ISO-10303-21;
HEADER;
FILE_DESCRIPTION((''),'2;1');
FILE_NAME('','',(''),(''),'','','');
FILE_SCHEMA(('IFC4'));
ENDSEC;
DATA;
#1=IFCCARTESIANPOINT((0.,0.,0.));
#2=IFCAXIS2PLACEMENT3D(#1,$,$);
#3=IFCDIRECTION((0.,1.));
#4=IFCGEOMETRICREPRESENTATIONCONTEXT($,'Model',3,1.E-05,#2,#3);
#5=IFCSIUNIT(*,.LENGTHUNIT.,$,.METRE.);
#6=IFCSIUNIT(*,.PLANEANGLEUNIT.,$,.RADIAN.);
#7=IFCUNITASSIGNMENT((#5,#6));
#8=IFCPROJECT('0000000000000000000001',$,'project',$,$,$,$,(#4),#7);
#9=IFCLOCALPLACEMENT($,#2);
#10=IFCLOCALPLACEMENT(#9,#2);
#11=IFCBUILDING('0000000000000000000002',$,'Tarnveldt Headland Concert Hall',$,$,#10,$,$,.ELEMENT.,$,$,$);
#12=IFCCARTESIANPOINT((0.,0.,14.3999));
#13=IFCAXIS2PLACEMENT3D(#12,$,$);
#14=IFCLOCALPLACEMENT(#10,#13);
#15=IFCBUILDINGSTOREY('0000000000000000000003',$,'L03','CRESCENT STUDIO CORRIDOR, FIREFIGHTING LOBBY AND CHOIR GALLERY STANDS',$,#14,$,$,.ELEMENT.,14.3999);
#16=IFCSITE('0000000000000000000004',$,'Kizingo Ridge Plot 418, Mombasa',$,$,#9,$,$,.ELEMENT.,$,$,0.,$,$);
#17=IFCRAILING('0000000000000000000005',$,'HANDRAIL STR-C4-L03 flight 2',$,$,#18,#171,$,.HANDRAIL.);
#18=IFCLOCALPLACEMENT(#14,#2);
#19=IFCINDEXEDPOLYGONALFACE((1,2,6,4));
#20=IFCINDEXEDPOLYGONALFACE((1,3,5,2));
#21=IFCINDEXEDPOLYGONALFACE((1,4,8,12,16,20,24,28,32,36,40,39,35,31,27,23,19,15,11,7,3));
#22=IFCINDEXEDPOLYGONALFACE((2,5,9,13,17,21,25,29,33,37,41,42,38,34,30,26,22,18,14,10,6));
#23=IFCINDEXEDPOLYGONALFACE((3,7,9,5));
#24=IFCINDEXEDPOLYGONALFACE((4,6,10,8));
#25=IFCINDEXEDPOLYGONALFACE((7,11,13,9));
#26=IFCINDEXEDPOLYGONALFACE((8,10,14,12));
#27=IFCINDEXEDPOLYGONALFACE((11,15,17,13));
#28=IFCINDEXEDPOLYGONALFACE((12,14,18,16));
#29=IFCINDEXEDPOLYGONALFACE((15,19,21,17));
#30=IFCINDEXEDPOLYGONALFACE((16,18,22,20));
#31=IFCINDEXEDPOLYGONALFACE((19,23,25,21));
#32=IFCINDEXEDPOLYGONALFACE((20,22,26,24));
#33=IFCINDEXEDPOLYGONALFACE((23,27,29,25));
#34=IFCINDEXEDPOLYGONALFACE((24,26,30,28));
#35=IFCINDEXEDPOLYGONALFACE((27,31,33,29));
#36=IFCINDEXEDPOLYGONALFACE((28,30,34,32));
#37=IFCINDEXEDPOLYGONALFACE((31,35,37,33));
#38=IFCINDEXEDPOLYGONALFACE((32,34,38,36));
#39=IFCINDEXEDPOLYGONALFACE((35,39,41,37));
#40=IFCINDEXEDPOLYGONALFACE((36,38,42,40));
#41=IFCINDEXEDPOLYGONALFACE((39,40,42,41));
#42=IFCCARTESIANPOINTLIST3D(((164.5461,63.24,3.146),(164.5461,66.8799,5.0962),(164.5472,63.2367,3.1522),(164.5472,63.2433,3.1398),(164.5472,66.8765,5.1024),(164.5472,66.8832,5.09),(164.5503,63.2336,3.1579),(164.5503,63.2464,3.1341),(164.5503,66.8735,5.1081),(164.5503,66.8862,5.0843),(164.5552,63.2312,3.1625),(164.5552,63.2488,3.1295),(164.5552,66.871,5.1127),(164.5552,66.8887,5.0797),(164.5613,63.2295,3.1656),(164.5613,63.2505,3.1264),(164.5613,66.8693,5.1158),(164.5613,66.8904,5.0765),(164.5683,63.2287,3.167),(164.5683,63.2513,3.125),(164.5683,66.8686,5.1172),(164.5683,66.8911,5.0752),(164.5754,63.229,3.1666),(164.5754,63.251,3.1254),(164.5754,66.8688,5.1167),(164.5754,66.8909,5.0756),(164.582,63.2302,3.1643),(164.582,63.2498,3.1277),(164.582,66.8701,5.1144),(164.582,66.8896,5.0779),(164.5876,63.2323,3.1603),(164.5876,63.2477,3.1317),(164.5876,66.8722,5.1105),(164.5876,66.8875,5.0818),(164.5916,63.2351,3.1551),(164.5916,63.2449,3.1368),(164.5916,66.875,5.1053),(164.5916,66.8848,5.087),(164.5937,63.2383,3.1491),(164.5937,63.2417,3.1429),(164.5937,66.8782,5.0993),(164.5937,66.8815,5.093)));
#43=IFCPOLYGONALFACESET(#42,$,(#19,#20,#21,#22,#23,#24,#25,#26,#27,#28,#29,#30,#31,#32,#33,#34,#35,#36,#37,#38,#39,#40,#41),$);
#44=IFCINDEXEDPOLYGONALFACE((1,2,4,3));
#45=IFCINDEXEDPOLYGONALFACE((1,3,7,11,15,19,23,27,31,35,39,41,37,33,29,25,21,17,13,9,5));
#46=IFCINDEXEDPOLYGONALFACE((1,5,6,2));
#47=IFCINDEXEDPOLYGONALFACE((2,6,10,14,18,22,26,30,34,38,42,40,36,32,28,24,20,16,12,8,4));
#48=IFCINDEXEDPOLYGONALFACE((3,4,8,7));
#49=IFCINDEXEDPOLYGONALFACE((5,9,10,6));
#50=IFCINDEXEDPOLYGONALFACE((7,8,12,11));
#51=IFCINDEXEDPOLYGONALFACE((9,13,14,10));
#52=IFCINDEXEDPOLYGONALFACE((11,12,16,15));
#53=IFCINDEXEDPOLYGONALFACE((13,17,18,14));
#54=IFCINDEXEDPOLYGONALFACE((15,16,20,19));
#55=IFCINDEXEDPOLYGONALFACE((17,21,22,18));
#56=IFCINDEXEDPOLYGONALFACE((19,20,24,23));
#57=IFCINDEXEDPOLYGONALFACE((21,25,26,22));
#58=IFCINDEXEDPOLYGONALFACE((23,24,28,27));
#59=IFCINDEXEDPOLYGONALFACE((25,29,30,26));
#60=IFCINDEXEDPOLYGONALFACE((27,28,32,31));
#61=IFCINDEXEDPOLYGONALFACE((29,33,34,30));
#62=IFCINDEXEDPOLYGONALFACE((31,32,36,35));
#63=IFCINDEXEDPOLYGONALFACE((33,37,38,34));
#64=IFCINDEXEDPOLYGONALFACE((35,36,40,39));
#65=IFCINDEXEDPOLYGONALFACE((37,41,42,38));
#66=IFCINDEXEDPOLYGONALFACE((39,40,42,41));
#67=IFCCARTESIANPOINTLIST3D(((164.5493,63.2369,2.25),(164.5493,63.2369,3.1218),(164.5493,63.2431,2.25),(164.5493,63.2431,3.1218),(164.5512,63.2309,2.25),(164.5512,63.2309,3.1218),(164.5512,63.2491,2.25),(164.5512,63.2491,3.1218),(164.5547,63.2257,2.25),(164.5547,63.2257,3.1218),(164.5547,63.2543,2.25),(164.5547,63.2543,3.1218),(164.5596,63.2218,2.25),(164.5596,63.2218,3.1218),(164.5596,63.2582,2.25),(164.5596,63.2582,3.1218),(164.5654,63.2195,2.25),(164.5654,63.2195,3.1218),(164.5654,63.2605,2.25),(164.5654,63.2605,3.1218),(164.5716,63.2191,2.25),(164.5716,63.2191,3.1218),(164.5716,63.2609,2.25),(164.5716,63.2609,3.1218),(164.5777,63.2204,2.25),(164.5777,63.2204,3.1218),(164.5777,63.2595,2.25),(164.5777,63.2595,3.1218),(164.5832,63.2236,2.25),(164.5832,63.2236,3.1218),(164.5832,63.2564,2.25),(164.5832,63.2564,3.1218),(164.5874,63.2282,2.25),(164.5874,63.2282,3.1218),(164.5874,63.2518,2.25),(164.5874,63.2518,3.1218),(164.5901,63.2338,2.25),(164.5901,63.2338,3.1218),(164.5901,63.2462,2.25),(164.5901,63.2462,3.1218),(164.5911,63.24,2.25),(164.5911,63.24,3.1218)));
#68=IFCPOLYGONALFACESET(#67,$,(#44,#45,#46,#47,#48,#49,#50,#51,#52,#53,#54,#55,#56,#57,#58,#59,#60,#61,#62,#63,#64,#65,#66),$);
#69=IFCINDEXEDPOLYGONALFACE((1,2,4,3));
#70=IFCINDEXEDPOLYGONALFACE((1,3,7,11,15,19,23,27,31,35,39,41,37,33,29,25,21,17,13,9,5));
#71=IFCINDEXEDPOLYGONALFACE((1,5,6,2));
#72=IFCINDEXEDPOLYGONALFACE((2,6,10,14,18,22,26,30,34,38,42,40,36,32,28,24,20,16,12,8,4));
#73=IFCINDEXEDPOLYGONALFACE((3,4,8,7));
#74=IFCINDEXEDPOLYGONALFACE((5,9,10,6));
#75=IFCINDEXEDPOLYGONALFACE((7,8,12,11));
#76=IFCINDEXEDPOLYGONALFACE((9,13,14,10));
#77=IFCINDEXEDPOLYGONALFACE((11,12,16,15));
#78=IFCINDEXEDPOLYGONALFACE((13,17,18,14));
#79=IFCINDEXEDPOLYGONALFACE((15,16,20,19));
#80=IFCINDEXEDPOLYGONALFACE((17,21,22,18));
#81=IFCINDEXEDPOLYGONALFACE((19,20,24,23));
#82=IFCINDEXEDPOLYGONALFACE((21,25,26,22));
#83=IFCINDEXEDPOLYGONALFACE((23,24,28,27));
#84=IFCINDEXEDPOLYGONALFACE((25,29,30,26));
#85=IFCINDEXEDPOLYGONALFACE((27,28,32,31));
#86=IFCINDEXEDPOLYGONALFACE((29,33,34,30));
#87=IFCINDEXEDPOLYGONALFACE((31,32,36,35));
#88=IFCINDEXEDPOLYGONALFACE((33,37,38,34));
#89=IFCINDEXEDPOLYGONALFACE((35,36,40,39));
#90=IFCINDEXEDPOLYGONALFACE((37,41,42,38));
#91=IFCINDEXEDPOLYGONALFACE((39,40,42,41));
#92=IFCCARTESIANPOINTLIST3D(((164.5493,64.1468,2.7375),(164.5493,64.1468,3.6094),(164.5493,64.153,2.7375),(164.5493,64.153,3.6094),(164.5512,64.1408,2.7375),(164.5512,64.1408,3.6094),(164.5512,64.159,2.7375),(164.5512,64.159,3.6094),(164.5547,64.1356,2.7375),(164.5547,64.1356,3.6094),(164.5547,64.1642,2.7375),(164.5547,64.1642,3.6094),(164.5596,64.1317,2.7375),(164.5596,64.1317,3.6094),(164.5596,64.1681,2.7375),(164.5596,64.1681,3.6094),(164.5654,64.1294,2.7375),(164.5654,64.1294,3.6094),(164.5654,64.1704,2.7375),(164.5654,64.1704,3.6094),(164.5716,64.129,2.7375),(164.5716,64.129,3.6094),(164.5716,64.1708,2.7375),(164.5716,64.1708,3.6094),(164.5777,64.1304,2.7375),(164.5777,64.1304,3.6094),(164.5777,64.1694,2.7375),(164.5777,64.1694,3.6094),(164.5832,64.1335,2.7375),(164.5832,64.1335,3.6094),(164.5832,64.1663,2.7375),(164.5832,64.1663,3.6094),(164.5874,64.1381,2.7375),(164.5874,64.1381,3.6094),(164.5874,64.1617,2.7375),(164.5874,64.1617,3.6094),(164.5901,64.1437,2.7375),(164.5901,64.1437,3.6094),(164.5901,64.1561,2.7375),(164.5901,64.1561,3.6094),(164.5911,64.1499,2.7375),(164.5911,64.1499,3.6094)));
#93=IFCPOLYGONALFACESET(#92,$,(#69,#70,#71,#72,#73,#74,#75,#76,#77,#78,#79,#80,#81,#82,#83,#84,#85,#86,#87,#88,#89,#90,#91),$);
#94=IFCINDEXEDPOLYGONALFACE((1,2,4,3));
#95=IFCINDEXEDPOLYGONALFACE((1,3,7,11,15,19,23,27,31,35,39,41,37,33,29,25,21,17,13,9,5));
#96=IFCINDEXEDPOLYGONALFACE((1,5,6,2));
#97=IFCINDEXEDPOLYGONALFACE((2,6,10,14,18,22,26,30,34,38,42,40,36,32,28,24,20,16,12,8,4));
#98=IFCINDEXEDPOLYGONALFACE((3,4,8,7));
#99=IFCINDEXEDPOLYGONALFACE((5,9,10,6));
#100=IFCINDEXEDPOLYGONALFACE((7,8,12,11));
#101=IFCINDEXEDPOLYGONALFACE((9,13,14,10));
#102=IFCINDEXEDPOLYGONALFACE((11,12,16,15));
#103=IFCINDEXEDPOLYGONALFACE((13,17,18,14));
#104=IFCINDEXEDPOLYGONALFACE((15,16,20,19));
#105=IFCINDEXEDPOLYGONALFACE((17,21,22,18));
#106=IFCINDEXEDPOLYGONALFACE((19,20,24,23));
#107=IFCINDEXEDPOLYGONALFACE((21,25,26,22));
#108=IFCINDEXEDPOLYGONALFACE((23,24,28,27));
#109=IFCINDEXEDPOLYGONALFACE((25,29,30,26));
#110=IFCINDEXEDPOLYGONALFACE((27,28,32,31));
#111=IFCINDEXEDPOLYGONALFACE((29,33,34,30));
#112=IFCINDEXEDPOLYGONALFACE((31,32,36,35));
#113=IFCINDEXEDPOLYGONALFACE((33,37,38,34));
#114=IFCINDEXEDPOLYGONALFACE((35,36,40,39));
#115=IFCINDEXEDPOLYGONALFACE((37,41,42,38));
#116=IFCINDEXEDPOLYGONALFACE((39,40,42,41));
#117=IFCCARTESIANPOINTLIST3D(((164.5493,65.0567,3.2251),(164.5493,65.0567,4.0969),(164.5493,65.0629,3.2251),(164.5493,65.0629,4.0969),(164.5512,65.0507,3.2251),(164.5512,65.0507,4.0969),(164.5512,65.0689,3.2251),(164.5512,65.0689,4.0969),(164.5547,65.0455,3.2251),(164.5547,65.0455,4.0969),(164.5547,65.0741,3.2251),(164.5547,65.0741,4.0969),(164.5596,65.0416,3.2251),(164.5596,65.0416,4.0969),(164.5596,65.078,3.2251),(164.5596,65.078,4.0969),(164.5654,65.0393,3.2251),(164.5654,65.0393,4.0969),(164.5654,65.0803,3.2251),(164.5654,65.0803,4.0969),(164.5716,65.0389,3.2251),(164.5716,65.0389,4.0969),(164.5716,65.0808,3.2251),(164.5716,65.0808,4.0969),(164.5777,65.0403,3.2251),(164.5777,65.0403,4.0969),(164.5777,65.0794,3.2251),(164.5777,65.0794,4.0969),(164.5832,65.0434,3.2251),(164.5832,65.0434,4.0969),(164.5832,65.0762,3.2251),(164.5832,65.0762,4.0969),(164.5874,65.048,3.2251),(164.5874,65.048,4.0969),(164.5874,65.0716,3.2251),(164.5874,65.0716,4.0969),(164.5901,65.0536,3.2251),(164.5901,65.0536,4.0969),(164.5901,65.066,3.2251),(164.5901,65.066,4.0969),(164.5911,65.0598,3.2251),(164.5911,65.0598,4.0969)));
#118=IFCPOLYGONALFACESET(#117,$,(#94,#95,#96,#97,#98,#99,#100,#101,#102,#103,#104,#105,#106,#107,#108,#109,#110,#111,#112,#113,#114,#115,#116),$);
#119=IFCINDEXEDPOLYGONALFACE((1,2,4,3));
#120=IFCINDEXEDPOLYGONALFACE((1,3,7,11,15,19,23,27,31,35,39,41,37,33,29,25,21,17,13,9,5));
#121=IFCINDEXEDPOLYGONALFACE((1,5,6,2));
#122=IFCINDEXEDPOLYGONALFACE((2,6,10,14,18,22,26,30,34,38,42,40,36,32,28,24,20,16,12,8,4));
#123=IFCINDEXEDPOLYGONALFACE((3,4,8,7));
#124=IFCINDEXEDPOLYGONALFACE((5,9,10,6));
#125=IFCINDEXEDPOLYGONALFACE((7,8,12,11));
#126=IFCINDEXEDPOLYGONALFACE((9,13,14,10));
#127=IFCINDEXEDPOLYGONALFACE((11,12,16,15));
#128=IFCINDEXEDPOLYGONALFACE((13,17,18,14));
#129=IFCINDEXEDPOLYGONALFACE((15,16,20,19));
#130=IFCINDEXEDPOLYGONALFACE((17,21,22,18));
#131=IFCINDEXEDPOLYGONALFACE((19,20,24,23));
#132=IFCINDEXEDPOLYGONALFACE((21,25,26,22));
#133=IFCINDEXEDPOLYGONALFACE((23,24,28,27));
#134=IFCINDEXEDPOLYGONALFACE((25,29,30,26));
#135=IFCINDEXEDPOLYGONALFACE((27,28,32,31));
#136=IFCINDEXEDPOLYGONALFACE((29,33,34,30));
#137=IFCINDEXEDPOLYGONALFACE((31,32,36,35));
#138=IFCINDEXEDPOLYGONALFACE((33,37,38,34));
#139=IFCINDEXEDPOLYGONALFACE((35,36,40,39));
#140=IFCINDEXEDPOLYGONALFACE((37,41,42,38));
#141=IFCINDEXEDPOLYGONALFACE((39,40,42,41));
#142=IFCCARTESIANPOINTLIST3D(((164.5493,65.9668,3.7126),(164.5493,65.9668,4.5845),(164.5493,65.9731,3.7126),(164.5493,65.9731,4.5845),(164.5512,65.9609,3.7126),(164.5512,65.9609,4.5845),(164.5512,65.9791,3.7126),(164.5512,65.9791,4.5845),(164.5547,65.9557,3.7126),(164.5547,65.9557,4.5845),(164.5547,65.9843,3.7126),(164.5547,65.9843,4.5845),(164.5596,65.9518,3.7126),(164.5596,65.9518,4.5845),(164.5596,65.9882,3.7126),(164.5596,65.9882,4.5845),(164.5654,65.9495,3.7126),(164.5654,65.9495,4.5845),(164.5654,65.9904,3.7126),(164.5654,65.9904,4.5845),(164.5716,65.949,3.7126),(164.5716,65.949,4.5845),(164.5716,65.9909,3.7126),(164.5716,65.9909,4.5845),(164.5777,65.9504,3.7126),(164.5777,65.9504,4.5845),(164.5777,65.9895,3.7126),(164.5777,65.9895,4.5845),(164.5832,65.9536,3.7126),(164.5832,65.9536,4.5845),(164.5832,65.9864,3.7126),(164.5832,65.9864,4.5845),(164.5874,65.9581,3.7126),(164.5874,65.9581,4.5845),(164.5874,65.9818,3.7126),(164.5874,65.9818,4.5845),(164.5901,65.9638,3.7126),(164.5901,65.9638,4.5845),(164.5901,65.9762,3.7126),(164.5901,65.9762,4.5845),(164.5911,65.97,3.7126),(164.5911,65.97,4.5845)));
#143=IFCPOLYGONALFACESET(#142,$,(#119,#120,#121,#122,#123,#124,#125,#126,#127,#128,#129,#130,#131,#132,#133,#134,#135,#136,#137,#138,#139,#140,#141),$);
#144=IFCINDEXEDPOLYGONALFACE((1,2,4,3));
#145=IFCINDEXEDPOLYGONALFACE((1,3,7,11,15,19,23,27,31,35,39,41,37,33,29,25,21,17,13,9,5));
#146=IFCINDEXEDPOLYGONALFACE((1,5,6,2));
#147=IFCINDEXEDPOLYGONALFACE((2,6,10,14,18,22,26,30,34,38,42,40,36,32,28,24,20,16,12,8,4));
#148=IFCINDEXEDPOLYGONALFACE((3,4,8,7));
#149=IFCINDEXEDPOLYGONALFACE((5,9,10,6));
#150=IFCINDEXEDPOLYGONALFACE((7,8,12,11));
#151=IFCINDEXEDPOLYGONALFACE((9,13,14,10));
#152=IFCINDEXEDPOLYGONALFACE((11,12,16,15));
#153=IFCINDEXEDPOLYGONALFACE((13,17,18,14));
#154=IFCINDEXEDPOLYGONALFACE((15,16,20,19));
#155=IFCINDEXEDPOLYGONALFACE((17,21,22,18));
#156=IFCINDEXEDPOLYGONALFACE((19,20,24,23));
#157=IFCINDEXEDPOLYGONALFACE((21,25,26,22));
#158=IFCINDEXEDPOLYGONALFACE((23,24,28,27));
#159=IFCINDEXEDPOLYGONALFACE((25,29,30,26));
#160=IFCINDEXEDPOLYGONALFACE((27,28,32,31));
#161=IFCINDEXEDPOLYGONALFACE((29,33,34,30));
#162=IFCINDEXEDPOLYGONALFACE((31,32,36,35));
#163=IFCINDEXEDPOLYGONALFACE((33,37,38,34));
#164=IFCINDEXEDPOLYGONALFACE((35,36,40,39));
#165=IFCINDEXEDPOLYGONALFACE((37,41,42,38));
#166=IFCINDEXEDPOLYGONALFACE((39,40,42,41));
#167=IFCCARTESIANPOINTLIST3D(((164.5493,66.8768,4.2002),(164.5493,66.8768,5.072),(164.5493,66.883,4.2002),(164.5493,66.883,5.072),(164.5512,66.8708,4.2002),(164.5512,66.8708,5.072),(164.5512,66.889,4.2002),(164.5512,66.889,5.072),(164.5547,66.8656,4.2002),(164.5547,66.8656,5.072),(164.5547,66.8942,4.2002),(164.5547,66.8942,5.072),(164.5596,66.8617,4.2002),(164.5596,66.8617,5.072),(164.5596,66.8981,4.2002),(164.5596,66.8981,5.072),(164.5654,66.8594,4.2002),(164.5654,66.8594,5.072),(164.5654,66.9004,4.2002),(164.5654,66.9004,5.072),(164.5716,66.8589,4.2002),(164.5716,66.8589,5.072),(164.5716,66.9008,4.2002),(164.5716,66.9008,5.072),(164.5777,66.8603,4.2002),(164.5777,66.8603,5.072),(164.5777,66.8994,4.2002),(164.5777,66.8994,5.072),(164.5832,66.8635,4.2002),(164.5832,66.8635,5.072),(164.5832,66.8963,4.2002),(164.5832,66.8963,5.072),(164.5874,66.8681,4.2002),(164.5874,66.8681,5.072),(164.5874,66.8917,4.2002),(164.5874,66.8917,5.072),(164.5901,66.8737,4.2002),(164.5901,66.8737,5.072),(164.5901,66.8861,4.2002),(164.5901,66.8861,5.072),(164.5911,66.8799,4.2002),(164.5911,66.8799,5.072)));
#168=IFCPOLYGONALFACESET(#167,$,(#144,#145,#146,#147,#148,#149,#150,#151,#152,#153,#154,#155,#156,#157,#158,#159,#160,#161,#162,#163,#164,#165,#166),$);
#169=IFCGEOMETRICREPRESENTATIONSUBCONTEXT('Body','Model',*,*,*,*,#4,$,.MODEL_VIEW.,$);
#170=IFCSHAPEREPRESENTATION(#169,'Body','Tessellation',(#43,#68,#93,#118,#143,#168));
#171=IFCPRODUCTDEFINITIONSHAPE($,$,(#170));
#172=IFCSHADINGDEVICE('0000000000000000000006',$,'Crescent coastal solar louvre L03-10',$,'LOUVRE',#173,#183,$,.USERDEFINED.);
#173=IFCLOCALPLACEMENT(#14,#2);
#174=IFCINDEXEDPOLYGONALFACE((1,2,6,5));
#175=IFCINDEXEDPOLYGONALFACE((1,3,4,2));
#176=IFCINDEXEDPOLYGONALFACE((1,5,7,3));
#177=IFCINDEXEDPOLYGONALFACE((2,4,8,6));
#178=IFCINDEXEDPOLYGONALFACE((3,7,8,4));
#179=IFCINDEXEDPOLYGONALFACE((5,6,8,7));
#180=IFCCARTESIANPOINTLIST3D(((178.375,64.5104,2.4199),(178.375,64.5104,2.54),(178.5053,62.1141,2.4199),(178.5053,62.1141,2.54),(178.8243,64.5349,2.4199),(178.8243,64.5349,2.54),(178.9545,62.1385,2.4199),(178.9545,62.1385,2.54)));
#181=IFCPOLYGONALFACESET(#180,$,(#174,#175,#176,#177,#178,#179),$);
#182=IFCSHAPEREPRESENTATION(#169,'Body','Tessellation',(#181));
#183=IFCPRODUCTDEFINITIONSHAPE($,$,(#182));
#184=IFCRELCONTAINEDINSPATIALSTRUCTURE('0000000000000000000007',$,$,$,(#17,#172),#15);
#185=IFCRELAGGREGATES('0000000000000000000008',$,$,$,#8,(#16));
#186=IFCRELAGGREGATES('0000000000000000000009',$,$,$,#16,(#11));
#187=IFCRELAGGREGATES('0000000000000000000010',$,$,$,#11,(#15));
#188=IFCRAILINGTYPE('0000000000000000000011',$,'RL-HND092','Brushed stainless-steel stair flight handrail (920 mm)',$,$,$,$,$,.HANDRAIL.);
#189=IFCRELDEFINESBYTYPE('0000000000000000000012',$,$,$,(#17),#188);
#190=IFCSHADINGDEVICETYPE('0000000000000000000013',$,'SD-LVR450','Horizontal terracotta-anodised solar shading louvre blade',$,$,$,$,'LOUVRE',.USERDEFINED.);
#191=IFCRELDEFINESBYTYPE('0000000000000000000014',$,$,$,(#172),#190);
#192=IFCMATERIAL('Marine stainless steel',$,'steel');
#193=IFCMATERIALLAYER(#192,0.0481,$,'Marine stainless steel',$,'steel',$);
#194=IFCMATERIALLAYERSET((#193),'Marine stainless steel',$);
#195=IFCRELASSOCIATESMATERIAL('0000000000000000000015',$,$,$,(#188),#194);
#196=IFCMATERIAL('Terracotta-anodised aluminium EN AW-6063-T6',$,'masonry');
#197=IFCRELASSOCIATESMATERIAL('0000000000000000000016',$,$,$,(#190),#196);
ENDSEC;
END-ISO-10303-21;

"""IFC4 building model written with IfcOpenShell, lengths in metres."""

from ifc_helpers import new_model, si_unit, direction, frame, origin, origin_2d, place, context, subcontext, project, spatial, rectangle, circle, extrude, material, layer, layer_set, type_object, element, save


model = new_model("IFC4")

# Units and contexts
model_context = context("Model", 3, precision=1e-05, world=origin(), true_north=direction((0.0, 1.0)))
body_context = subcontext(model_context, "Body", "Model", "MODEL_VIEW")
ifc_project = project(units=[si_unit("LENGTHUNIT", "METRE"), si_unit("PLANEANGLEUNIT", "RADIAN")], contexts=[model_context])

# Site, building, storey
site_placement = place(None, origin())
site = spatial("IfcSite", under=ifc_project, at=site_placement, Name="Kizingo Ridge Plot 418, Mombasa", CompositionType="ELEMENT", RefElevation=0.0)
building_placement = place(site_placement, origin())
building = spatial("IfcBuilding", under=site, at=building_placement, Name="Tarnveldt Headland Concert Hall", CompositionType="ELEMENT")
storey_placement = place(building_placement, frame((0.0, 0.0, 14.3999)))
storey = spatial("IfcBuildingStorey", under=building, at=storey_placement, Name="L03", Description="CRESCENT STUDIO CORRIDOR, FIREFIGHTING LOBBY AND CHOIR GALLERY STANDS", CompositionType="ELEMENT", Elevation=14.3999)

# Railing
ifc_material_1 = material(Name="Marine stainless steel", Category="steel")
ifc_layer_1 = layer(ifc_material_1, 0.0481, Name="Marine stainless steel", Category="steel")
ifc_layer_set_1 = layer_set([ifc_layer_1], Name="Marine stainless steel")
railing_type_1 = type_object("IfcRailingType", Name="RL-HND092", Description="Brushed stainless-steel stair flight handrail (920 mm)", PredefinedType="HANDRAIL", material=ifc_layer_set_1)
railing_1_placement = place(storey_placement, frame((164.5701, 63.24, 2.25)))
element("IfcRailing", 1, at=railing_1_placement, inside=storey, type_object=railing_type_1, Name="HANDRAIL STR-C4-L03 flight 2", PredefinedType="HANDRAIL", context=body_context, shape_type="SweptSolid", body=[
    extrude(circle(Radius=0.0239, at=origin_2d()), frame((0.0, 0.0, 0.896), z_axis=(0.0, 0.881454, 0.472269), x_axis=(-1.0, 0.0, 0.0)), (0.0, 0.0, 1.0), 4.1294),
    extrude(circle(Radius=0.021, at=origin_2d()), origin(), (0.0, 0.0, 1.0), 0.8718),
    extrude(circle(Radius=0.021, at=origin_2d()), frame((0.0, 0.9099, 0.4875)), (0.0, 0.0, 1.0), 0.8718),
    extrude(circle(Radius=0.021, at=origin_2d()), frame((0.0, 1.8198, 0.9751)), (0.0, 0.0, 1.0), 0.8718),
    extrude(circle(Radius=0.021, at=origin_2d()), frame((0.0, 2.73, 1.4626)), (0.0, 0.0, 1.0), 0.8718),
    extrude(circle(Radius=0.021, at=origin_2d()), frame((0.0, 3.6399, 1.9502)), (0.0, 0.0, 1.0), 0.8718),
])

# Shading device
ifc_material_2 = material(Name="Terracotta-anodised aluminium EN AW-6063-T6", Category="masonry")
shading_device_type = type_object("IfcShadingDeviceType", Name="SD-LVR450", Description="Horizontal terracotta-anodised solar shading louvre blade", ElementType="LOUVRE", PredefinedType="USERDEFINED", material=ifc_material_2)
shading_device_placement = place(storey_placement, frame((178.6648, 63.3245, 2.4199), z_axis=(0.0, 0.0, 1.0), x_axis=(0.998527, 0.054253, 0.0)))
element("IfcShadingDevice", 2, at=shading_device_placement, inside=storey, type_object=shading_device_type, Name="Crescent coastal solar louvre L03-10", ObjectType="LOUVRE", PredefinedType="USERDEFINED", context=body_context, shape_type="SweptSolid", body=[
    extrude(rectangle(XDim=0.45, YDim=2.3999, at=origin_2d()), origin(), (0.0, 0.0, 1.0), 0.1201),
])

save(model, "model.ifc")
